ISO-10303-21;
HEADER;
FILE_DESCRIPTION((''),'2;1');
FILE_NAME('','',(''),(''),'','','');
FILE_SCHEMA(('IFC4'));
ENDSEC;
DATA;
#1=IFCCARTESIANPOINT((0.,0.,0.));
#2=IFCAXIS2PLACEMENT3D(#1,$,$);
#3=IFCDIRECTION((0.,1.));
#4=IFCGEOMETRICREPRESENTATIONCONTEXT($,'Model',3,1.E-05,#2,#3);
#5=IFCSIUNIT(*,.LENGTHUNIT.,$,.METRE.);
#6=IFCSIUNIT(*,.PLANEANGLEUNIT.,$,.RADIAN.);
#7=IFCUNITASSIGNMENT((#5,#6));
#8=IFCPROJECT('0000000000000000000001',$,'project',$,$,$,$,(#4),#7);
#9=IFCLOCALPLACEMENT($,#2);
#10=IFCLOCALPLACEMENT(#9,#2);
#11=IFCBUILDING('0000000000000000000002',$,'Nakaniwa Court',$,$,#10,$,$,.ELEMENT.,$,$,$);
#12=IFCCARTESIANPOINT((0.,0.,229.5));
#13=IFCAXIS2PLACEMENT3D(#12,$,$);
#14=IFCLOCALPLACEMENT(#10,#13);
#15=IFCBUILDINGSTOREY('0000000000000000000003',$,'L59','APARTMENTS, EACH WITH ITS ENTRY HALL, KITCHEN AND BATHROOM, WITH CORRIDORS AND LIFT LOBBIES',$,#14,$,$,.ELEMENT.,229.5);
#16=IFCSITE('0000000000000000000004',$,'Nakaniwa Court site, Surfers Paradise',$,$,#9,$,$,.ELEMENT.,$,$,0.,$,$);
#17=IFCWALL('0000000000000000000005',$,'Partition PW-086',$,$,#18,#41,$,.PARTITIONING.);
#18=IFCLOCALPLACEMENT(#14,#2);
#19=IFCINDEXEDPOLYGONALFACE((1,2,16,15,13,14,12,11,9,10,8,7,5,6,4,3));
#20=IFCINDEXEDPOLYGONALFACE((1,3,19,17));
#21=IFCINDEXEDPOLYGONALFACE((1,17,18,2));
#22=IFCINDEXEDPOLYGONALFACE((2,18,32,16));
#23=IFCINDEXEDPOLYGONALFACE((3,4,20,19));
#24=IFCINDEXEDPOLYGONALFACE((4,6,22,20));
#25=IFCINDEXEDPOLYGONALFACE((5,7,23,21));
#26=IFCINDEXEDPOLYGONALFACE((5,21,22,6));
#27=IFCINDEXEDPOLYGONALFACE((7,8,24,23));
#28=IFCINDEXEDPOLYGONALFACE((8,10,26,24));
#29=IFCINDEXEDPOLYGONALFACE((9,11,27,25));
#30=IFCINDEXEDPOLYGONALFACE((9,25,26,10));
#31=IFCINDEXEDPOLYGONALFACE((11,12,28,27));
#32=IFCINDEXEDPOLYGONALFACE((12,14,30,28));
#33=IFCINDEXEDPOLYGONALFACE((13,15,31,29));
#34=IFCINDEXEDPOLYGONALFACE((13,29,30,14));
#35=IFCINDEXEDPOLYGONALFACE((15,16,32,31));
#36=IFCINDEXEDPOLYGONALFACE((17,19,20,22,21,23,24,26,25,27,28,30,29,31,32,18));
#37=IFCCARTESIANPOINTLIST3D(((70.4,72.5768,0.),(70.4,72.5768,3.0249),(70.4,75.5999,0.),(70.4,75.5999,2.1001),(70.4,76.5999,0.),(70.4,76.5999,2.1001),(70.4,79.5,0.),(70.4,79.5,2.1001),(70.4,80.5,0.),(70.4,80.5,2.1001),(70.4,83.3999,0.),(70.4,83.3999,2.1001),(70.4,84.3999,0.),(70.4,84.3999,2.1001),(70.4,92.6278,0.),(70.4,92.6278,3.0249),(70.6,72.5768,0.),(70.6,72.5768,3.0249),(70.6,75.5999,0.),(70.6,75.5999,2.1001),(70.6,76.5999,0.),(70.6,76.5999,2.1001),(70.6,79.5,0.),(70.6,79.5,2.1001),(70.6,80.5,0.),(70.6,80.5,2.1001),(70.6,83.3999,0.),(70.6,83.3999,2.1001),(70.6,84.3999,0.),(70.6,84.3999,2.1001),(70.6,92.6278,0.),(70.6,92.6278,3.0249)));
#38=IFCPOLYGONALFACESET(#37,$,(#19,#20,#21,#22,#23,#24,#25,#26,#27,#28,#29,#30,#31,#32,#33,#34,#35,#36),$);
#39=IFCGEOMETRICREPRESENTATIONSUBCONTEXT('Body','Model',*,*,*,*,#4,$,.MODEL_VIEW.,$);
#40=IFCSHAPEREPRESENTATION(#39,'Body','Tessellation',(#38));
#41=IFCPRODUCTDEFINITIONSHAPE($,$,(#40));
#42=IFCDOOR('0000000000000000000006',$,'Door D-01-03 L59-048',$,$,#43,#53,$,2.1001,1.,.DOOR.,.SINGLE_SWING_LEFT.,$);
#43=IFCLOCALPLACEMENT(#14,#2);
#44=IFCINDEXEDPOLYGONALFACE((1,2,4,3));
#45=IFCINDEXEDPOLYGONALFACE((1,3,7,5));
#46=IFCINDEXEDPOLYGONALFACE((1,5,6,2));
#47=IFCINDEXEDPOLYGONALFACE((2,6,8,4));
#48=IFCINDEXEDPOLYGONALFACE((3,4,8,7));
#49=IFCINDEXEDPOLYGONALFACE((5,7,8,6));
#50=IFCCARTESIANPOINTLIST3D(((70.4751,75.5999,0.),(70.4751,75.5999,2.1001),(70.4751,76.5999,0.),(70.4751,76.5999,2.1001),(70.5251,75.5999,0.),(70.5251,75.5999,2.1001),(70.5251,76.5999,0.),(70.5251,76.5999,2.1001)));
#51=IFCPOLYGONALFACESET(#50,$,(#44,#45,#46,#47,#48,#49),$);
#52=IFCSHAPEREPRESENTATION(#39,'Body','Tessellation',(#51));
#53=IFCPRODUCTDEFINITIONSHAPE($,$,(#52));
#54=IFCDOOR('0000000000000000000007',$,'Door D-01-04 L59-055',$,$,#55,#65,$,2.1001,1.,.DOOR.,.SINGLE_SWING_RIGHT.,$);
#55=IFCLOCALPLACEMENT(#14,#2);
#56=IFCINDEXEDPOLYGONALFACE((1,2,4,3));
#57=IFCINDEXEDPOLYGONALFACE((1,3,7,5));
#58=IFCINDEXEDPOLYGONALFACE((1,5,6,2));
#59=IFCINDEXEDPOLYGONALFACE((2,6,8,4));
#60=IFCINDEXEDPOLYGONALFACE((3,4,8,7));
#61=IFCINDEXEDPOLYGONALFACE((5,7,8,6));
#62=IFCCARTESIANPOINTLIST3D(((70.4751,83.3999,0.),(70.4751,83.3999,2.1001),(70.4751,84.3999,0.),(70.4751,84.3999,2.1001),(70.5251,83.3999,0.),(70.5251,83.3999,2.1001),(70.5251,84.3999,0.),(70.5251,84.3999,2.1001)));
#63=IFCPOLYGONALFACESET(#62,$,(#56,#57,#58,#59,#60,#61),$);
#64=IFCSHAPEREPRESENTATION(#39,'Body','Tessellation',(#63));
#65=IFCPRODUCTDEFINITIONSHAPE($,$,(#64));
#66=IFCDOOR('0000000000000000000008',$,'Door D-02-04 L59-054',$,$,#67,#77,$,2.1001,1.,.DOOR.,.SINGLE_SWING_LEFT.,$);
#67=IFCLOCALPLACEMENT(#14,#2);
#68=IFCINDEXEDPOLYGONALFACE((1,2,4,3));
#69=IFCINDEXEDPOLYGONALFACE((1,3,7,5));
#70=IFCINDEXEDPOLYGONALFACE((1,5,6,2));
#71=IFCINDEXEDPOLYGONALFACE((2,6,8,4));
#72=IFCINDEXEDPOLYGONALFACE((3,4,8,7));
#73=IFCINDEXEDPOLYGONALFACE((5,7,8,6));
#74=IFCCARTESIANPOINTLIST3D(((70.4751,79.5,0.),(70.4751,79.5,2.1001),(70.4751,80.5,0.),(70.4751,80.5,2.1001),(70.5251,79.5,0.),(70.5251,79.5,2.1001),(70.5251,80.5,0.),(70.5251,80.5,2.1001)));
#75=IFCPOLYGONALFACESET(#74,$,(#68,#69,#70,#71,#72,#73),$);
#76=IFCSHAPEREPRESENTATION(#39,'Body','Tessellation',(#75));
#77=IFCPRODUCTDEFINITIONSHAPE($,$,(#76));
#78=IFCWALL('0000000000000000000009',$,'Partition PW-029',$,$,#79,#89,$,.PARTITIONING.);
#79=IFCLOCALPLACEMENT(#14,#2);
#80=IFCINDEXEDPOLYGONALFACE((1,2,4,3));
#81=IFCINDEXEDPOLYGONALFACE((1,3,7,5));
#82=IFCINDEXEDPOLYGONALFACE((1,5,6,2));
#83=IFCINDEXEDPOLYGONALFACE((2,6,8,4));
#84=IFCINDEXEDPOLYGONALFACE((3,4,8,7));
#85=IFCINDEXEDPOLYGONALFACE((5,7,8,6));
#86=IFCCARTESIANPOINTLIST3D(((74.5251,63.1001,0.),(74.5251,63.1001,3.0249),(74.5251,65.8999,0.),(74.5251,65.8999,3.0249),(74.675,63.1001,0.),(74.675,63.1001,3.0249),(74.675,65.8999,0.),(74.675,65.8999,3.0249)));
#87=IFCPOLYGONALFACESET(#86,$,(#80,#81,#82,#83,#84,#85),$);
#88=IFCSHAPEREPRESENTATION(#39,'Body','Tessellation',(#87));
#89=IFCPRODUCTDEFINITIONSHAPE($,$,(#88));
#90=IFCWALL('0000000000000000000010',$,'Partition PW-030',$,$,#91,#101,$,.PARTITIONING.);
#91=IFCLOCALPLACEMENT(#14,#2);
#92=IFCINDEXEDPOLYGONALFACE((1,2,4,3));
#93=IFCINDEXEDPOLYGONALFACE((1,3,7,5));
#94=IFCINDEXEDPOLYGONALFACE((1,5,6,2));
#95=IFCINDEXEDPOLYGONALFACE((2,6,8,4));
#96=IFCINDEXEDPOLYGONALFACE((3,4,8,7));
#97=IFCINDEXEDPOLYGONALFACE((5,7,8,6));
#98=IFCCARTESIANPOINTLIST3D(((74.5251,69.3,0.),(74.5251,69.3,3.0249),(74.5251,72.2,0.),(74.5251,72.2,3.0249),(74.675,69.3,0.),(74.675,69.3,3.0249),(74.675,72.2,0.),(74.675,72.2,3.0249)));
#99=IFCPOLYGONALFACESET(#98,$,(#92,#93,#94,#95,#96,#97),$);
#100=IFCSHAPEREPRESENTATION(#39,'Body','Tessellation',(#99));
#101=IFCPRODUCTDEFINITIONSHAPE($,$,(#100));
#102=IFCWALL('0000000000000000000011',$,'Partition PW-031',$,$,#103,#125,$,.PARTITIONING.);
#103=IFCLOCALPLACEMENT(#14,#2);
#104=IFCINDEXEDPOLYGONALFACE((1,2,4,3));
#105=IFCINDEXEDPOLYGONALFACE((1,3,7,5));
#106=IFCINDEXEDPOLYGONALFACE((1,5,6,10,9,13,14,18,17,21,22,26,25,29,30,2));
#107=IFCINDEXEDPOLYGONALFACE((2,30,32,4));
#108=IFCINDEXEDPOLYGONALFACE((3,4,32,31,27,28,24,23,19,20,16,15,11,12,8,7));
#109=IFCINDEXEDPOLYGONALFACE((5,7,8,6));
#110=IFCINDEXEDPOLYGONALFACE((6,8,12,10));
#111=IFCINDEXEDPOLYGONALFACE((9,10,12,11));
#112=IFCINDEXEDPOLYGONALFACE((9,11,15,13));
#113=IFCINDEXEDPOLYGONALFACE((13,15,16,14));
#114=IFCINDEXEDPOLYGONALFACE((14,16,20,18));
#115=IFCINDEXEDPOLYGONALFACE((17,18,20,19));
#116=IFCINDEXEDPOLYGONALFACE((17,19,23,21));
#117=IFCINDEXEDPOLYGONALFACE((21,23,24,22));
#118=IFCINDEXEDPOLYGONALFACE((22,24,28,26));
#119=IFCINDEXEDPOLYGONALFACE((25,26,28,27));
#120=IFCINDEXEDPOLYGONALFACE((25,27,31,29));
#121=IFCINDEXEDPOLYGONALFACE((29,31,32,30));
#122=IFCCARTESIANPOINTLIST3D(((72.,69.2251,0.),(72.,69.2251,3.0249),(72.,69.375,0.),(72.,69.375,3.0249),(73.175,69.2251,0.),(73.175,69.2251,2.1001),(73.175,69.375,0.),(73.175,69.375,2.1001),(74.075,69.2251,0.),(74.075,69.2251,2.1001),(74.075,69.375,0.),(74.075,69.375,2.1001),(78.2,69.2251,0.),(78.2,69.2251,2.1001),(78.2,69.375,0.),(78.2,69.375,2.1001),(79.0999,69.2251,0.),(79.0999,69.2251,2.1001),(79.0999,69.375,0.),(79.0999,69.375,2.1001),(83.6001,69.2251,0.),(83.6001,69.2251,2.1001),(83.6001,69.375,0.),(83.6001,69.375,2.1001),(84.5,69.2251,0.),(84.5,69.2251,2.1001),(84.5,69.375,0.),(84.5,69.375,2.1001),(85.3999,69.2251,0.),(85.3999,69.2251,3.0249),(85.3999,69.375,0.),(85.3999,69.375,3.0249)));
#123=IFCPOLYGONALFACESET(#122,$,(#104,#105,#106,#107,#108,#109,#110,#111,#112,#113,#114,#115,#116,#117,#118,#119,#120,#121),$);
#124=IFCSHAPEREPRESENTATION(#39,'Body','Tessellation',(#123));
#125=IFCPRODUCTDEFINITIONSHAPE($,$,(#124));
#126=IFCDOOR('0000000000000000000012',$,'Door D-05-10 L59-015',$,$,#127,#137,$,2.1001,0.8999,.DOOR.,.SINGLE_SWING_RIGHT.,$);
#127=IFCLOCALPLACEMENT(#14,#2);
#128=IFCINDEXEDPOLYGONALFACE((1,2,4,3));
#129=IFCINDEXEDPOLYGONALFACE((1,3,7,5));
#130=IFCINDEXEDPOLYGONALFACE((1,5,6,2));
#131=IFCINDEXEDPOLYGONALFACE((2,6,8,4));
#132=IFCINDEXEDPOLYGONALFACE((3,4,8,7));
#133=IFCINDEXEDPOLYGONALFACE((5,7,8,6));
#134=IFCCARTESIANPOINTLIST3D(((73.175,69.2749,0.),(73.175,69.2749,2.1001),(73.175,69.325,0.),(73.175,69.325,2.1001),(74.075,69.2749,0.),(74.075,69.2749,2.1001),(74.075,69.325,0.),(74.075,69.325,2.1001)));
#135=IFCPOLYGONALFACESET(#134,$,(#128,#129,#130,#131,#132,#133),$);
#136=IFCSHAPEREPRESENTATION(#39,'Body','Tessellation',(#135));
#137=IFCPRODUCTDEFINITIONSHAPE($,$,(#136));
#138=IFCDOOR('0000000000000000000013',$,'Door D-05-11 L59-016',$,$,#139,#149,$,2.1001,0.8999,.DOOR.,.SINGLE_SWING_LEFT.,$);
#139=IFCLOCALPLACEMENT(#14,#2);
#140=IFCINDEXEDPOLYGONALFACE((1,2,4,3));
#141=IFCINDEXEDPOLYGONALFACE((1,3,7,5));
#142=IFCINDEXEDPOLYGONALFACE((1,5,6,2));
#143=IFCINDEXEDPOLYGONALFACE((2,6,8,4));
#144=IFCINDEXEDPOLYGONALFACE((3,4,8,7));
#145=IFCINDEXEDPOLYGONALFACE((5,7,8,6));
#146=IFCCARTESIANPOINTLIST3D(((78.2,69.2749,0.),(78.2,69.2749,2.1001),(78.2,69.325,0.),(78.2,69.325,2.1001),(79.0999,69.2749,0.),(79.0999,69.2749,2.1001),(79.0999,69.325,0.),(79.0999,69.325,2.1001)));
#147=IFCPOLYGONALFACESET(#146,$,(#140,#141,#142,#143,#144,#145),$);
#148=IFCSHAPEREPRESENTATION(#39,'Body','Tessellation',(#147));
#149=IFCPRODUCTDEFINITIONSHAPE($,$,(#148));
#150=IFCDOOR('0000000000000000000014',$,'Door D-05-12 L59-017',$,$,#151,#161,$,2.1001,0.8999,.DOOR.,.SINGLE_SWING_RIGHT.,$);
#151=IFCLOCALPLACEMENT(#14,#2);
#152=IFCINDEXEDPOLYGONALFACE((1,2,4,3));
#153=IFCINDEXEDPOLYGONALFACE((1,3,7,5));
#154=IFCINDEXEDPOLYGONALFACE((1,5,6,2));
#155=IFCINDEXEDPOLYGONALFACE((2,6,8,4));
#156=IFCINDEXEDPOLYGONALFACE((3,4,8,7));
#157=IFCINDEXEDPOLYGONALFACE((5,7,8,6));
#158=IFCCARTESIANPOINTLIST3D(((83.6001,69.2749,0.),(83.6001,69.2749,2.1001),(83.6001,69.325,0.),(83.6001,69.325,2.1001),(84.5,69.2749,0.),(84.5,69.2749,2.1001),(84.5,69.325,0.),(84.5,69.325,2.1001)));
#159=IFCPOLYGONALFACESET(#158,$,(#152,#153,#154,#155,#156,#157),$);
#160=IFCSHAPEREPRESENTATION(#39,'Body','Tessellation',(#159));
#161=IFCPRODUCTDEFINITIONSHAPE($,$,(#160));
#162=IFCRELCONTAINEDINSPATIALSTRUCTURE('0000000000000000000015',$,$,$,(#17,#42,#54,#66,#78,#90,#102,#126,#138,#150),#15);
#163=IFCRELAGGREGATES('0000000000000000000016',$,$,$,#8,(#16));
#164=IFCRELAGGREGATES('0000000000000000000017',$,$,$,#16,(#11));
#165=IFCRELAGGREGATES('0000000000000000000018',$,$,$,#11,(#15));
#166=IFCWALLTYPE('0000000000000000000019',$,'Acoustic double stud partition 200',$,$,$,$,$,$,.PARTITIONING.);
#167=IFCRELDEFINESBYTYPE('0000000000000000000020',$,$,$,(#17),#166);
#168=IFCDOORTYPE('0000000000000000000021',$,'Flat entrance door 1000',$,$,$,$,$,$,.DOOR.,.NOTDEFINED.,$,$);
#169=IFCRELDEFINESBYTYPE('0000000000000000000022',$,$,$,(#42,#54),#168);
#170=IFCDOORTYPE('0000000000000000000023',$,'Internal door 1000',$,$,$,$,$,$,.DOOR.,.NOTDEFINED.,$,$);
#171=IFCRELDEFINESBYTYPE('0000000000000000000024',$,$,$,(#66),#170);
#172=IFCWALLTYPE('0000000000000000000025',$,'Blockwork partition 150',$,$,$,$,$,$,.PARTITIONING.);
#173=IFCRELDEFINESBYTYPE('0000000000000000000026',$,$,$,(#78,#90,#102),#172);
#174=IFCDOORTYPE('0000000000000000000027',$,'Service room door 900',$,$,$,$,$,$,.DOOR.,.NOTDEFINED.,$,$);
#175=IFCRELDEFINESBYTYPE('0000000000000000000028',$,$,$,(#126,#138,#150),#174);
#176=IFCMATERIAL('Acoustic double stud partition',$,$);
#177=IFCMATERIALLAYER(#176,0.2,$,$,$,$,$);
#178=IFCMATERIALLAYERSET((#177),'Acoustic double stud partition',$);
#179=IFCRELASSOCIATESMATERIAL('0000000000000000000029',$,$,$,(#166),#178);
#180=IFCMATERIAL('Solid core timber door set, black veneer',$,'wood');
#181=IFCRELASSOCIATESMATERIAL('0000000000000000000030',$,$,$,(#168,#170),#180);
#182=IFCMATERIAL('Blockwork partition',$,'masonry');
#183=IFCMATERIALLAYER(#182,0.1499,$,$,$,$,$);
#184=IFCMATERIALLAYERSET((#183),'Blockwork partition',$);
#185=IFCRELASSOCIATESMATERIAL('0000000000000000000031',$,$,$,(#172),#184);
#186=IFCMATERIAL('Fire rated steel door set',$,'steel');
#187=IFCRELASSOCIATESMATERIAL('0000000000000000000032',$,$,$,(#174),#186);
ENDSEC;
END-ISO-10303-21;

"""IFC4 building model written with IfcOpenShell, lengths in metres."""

from ifc_helpers import new_model, si_unit, direction, frame, frame_2d, origin, place, context, subcontext, project, spatial, rectangle, extrude, material, layer, layer_set, type_object, element, fill, save


model = new_model("IFC4")

# Units and contexts
model_context = context("Model", 3, precision=1e-05, world=origin(), true_north=direction((0.0, 1.0)))
body_context = subcontext(model_context, "Body", "Model", "MODEL_VIEW")
ifc_project = project(units=[si_unit("LENGTHUNIT", "METRE"), si_unit("PLANEANGLEUNIT", "RADIAN")], contexts=[model_context])

# Site, building, storey
site_placement = place(None, origin())
site = spatial("IfcSite", under=ifc_project, at=site_placement, Name="Nakaniwa Court site, Surfers Paradise", CompositionType="ELEMENT", RefElevation=0.0)
building_placement = place(site_placement, origin())
building = spatial("IfcBuilding", under=site, at=building_placement, Name="Nakaniwa Court", CompositionType="ELEMENT")
storey_placement = place(building_placement, frame((0.0, 0.0, 229.5)))
storey = spatial("IfcBuildingStorey", under=building, at=storey_placement, Name="L59", Description="APARTMENTS, EACH WITH ITS ENTRY HALL, KITCHEN AND BATHROOM, WITH CORRIDORS AND LIFT LOBBIES", CompositionType="ELEMENT", Elevation=229.5)

# Shared definitions
ifc_material_1 = material(Name="Acoustic double stud partition")
ifc_layer_1 = layer(ifc_material_1, 0.2)
ifc_layer_set_1 = layer_set([ifc_layer_1], Name="Acoustic double stud partition")
wall_type_1 = type_object("IfcWallType", Name="Acoustic double stud partition 200", PredefinedType="PARTITIONING", material=ifc_layer_set_1)

# Wall, openings, doors
wall_1_placement = place(storey_placement, frame((70.5, 72.5769, 0.0), z_axis=(0.0, 0.0, 1.0), x_axis=(0.0, 1.0, 0.0)))
wall_1 = element("IfcWall", 1, at=wall_1_placement, inside=storey, type_object=wall_type_1, Name="Partition PW-086", PredefinedType="PARTITIONING", context=body_context, shape_type="SweptSolid", body=[
    extrude(rectangle(XDim=20.051, YDim=0.2, at=frame_2d((10.0254, 0.0))), origin(), (0.0, 0.0, 1.0), 3.0249),
])
opening_1_placement = place(wall_1_placement, frame((3.0229, 0.0, 0.0)))
opening_1 = element("IfcOpeningElement", 2, at=opening_1_placement, cuts=wall_1, PredefinedType="OPENING", context=body_context, shape_type="SweptSolid", body=[
    extrude(rectangle(XDim=1.0, YDim=2.1001, at=frame_2d((0.5, 1.05))), frame((0.0, 0.1099, 0.0), z_axis=(0.0, -1.0, 0.0), x_axis=(1.0, 0.0, 0.0)), (0.0, 0.0, 1.0), 0.22),
])
opening_2_placement = place(wall_1_placement, frame((6.9231, 0.0, 0.0)))
opening_2 = element("IfcOpeningElement", 3, at=opening_2_placement, cuts=wall_1, PredefinedType="OPENING", context=body_context, shape_type="SweptSolid", body=[
    extrude(rectangle(XDim=1.0, YDim=2.1001, at=frame_2d((0.5, 1.05))), frame((0.0, 0.1099, 0.0), z_axis=(0.0, -1.0, 0.0), x_axis=(1.0, 0.0, 0.0)), (0.0, 0.0, 1.0), 0.22),
])
opening_3_placement = place(wall_1_placement, frame((10.823, 0.0, 0.0)))
opening_3 = element("IfcOpeningElement", 4, at=opening_3_placement, cuts=wall_1, PredefinedType="OPENING", context=body_context, shape_type="SweptSolid", body=[
    extrude(rectangle(XDim=1.0, YDim=2.1001, at=frame_2d((0.5, 1.05))), frame((0.0, 0.1099, 0.0), z_axis=(0.0, -1.0, 0.0), x_axis=(1.0, 0.0, 0.0)), (0.0, 0.0, 1.0), 0.22),
])
ifc_material_2 = material(Name="Solid core timber door set, black veneer", Category="wood")
door_type_1 = type_object("IfcDoorType", Name="Flat entrance door 1000", OperationType="NOTDEFINED", PredefinedType="DOOR", material=ifc_material_2)
door_1_placement = place(opening_1_placement, origin())
door_1 = element("IfcDoor", 5, at=door_1_placement, inside=storey, type_object=door_type_1, Name="Door D-01-03 L59-048", OperationType="SINGLE_SWING_LEFT", OverallHeight=2.1001, OverallWidth=1.0, PredefinedType="DOOR", context=body_context, shape_type="SweptSolid", body=[
    extrude(rectangle(XDim=1.0, YDim=2.1001, at=frame_2d((0.5, 1.05))), frame((0.0, 0.0249, 0.0), z_axis=(0.0, -1.0, 0.0), x_axis=(1.0, 0.0, 0.0)), (0.0, 0.0, 1.0), 0.05),
])
fill(opening_1, door_1)
door_2_placement = place(opening_3_placement, origin())
door_2 = element("IfcDoor", 6, at=door_2_placement, inside=storey, type_object=door_type_1, Name="Door D-01-04 L59-055", OperationType="SINGLE_SWING_RIGHT", OverallHeight=2.1001, OverallWidth=1.0, PredefinedType="DOOR", context=body_context, shape_type="SweptSolid", body=[
    extrude(rectangle(XDim=1.0, YDim=2.1001, at=frame_2d((0.5, 1.05))), frame((0.0, 0.0249, 0.0), z_axis=(0.0, -1.0, 0.0), x_axis=(1.0, 0.0, 0.0)), (0.0, 0.0, 1.0), 0.05),
])
fill(opening_3, door_2)
door_type_2 = type_object("IfcDoorType", Name="Internal door 1000", OperationType="NOTDEFINED", PredefinedType="DOOR", material=ifc_material_2)
door_3_placement = place(opening_2_placement, origin())
door_3 = element("IfcDoor", 7, at=door_3_placement, inside=storey, type_object=door_type_2, Name="Door D-02-04 L59-054", OperationType="SINGLE_SWING_LEFT", OverallHeight=2.1001, OverallWidth=1.0, PredefinedType="DOOR", context=body_context, shape_type="SweptSolid", body=[
    extrude(rectangle(XDim=1.0, YDim=2.1001, at=frame_2d((0.5, 1.05))), frame((0.0, 0.0249, 0.0), z_axis=(0.0, -1.0, 0.0), x_axis=(1.0, 0.0, 0.0)), (0.0, 0.0, 1.0), 0.05),
])
fill(opening_2, door_3)

# Walls
ifc_material_3 = material(Name="Blockwork partition", Category="masonry")
ifc_layer_2 = layer(ifc_material_3, 0.1499)
ifc_layer_set_2 = layer_set([ifc_layer_2], Name="Blockwork partition")
wall_type_2 = type_object("IfcWallType", Name="Blockwork partition 150", PredefinedType="PARTITIONING", material=ifc_layer_set_2)
wall_2_placement = place(storey_placement, frame((74.6001, 63.1001, 0.0), z_axis=(0.0, 0.0, 1.0), x_axis=(0.0, 1.0, 0.0)))
element("IfcWall", 8, at=wall_2_placement, inside=storey, type_object=wall_type_2, Name="Partition PW-029", PredefinedType="PARTITIONING", context=body_context, shape_type="SweptSolid", body=[
    extrude(rectangle(XDim=2.7998, YDim=0.1499, at=frame_2d((1.3999, 0.0))), origin(), (0.0, 0.0, 1.0), 3.0249),
])
wall_3_placement = place(storey_placement, frame((74.6001, 69.3, 0.0), z_axis=(0.0, 0.0, 1.0), x_axis=(0.0, 1.0, 0.0)))
element("IfcWall", 9, at=wall_3_placement, inside=storey, type_object=wall_type_2, Name="Partition PW-030", PredefinedType="PARTITIONING", context=body_context, shape_type="SweptSolid", body=[
    extrude(rectangle(XDim=2.8999, YDim=0.1499, at=frame_2d((1.45, 0.0))), origin(), (0.0, 0.0, 1.0), 3.0249),
])

# Wall, openings, doors
wall_4_placement = place(storey_placement, frame((72.0, 69.3, 0.0), z_axis=(0.0, 0.0, 1.0), x_axis=(1.0, 0.0, 0.0)))
wall_4 = element("IfcWall", 10, at=wall_4_placement, inside=storey, type_object=wall_type_2, Name="Partition PW-031", PredefinedType="PARTITIONING", context=body_context, shape_type="SweptSolid", body=[
    extrude(rectangle(XDim=13.3999, YDim=0.1499, at=frame_2d((6.7, 0.0))), origin(), (0.0, 0.0, 1.0), 3.0249),
])
opening_4_placement = place(wall_4_placement, frame((1.175, 0.0, 0.0)))
opening_4 = element("IfcOpeningElement", 11, at=opening_4_placement, cuts=wall_4, PredefinedType="OPENING", context=body_context, shape_type="SweptSolid", body=[
    extrude(rectangle(XDim=0.8999, YDim=2.1001, at=frame_2d((0.45, 1.05))), frame((0.0, 0.085, 0.0), z_axis=(0.0, -1.0, 0.0), x_axis=(1.0, 0.0, 0.0)), (0.0, 0.0, 1.0), 0.1699),
])
opening_5_placement = place(wall_4_placement, frame((6.2, 0.0, 0.0)))
opening_5 = element("IfcOpeningElement", 12, at=opening_5_placement, cuts=wall_4, PredefinedType="OPENING", context=body_context, shape_type="SweptSolid", body=[
    extrude(rectangle(XDim=0.8999, YDim=2.1001, at=frame_2d((0.45, 1.05))), frame((0.0, 0.085, 0.0), z_axis=(0.0, -1.0, 0.0), x_axis=(1.0, 0.0, 0.0)), (0.0, 0.0, 1.0), 0.1699),
])
opening_6_placement = place(wall_4_placement, frame((11.6001, 0.0, 0.0)))
opening_6 = element("IfcOpeningElement", 13, at=opening_6_placement, cuts=wall_4, PredefinedType="OPENING", context=body_context, shape_type="SweptSolid", body=[
    extrude(rectangle(XDim=0.8999, YDim=2.1001, at=frame_2d((0.45, 1.05))), frame((0.0, 0.085, 0.0), z_axis=(0.0, -1.0, 0.0), x_axis=(1.0, 0.0, 0.0)), (0.0, 0.0, 1.0), 0.1699),
])
ifc_material_4 = material(Name="Fire rated steel door set", Category="steel")
door_type_3 = type_object("IfcDoorType", Name="Service room door 900", OperationType="NOTDEFINED", PredefinedType="DOOR", material=ifc_material_4)
door_4_placement = place(opening_4_placement, origin())
door_4 = element("IfcDoor", 14, at=door_4_placement, inside=storey, type_object=door_type_3, Name="Door D-05-10 L59-015", OperationType="SINGLE_SWING_RIGHT", OverallHeight=2.1001, OverallWidth=0.8999, PredefinedType="DOOR", context=body_context, shape_type="SweptSolid", body=[
    extrude(rectangle(XDim=0.8999, YDim=2.1001, at=frame_2d((0.45, 1.05))), frame((0.0, 0.0249, 0.0), z_axis=(0.0, -1.0, 0.0), x_axis=(1.0, 0.0, 0.0)), (0.0, 0.0, 1.0), 0.05),
])
fill(opening_4, door_4)
door_5_placement = place(opening_5_placement, origin())
door_5 = element("IfcDoor", 15, at=door_5_placement, inside=storey, type_object=door_type_3, Name="Door D-05-11 L59-016", OperationType="SINGLE_SWING_LEFT", OverallHeight=2.1001, OverallWidth=0.8999, PredefinedType="DOOR", context=body_context, shape_type="SweptSolid", body=[
    extrude(rectangle(XDim=0.8999, YDim=2.1001, at=frame_2d((0.45, 1.05))), frame((0.0, 0.0249, 0.0), z_axis=(0.0, -1.0, 0.0), x_axis=(1.0, 0.0, 0.0)), (0.0, 0.0, 1.0), 0.05),
])
fill(opening_5, door_5)
door_6_placement = place(opening_6_placement, origin())
door_6 = element("IfcDoor", 16, at=door_6_placement, inside=storey, type_object=door_type_3, Name="Door D-05-12 L59-017", OperationType="SINGLE_SWING_RIGHT", OverallHeight=2.1001, OverallWidth=0.8999, PredefinedType="DOOR", context=body_context, shape_type="SweptSolid", body=[
    extrude(rectangle(XDim=0.8999, YDim=2.1001, at=frame_2d((0.45, 1.05))), frame((0.0, 0.0249, 0.0), z_axis=(0.0, -1.0, 0.0), x_axis=(1.0, 0.0, 0.0)), (0.0, 0.0, 1.0), 0.05),
])
fill(opening_6, door_6)

save(model, "model.ifc")
